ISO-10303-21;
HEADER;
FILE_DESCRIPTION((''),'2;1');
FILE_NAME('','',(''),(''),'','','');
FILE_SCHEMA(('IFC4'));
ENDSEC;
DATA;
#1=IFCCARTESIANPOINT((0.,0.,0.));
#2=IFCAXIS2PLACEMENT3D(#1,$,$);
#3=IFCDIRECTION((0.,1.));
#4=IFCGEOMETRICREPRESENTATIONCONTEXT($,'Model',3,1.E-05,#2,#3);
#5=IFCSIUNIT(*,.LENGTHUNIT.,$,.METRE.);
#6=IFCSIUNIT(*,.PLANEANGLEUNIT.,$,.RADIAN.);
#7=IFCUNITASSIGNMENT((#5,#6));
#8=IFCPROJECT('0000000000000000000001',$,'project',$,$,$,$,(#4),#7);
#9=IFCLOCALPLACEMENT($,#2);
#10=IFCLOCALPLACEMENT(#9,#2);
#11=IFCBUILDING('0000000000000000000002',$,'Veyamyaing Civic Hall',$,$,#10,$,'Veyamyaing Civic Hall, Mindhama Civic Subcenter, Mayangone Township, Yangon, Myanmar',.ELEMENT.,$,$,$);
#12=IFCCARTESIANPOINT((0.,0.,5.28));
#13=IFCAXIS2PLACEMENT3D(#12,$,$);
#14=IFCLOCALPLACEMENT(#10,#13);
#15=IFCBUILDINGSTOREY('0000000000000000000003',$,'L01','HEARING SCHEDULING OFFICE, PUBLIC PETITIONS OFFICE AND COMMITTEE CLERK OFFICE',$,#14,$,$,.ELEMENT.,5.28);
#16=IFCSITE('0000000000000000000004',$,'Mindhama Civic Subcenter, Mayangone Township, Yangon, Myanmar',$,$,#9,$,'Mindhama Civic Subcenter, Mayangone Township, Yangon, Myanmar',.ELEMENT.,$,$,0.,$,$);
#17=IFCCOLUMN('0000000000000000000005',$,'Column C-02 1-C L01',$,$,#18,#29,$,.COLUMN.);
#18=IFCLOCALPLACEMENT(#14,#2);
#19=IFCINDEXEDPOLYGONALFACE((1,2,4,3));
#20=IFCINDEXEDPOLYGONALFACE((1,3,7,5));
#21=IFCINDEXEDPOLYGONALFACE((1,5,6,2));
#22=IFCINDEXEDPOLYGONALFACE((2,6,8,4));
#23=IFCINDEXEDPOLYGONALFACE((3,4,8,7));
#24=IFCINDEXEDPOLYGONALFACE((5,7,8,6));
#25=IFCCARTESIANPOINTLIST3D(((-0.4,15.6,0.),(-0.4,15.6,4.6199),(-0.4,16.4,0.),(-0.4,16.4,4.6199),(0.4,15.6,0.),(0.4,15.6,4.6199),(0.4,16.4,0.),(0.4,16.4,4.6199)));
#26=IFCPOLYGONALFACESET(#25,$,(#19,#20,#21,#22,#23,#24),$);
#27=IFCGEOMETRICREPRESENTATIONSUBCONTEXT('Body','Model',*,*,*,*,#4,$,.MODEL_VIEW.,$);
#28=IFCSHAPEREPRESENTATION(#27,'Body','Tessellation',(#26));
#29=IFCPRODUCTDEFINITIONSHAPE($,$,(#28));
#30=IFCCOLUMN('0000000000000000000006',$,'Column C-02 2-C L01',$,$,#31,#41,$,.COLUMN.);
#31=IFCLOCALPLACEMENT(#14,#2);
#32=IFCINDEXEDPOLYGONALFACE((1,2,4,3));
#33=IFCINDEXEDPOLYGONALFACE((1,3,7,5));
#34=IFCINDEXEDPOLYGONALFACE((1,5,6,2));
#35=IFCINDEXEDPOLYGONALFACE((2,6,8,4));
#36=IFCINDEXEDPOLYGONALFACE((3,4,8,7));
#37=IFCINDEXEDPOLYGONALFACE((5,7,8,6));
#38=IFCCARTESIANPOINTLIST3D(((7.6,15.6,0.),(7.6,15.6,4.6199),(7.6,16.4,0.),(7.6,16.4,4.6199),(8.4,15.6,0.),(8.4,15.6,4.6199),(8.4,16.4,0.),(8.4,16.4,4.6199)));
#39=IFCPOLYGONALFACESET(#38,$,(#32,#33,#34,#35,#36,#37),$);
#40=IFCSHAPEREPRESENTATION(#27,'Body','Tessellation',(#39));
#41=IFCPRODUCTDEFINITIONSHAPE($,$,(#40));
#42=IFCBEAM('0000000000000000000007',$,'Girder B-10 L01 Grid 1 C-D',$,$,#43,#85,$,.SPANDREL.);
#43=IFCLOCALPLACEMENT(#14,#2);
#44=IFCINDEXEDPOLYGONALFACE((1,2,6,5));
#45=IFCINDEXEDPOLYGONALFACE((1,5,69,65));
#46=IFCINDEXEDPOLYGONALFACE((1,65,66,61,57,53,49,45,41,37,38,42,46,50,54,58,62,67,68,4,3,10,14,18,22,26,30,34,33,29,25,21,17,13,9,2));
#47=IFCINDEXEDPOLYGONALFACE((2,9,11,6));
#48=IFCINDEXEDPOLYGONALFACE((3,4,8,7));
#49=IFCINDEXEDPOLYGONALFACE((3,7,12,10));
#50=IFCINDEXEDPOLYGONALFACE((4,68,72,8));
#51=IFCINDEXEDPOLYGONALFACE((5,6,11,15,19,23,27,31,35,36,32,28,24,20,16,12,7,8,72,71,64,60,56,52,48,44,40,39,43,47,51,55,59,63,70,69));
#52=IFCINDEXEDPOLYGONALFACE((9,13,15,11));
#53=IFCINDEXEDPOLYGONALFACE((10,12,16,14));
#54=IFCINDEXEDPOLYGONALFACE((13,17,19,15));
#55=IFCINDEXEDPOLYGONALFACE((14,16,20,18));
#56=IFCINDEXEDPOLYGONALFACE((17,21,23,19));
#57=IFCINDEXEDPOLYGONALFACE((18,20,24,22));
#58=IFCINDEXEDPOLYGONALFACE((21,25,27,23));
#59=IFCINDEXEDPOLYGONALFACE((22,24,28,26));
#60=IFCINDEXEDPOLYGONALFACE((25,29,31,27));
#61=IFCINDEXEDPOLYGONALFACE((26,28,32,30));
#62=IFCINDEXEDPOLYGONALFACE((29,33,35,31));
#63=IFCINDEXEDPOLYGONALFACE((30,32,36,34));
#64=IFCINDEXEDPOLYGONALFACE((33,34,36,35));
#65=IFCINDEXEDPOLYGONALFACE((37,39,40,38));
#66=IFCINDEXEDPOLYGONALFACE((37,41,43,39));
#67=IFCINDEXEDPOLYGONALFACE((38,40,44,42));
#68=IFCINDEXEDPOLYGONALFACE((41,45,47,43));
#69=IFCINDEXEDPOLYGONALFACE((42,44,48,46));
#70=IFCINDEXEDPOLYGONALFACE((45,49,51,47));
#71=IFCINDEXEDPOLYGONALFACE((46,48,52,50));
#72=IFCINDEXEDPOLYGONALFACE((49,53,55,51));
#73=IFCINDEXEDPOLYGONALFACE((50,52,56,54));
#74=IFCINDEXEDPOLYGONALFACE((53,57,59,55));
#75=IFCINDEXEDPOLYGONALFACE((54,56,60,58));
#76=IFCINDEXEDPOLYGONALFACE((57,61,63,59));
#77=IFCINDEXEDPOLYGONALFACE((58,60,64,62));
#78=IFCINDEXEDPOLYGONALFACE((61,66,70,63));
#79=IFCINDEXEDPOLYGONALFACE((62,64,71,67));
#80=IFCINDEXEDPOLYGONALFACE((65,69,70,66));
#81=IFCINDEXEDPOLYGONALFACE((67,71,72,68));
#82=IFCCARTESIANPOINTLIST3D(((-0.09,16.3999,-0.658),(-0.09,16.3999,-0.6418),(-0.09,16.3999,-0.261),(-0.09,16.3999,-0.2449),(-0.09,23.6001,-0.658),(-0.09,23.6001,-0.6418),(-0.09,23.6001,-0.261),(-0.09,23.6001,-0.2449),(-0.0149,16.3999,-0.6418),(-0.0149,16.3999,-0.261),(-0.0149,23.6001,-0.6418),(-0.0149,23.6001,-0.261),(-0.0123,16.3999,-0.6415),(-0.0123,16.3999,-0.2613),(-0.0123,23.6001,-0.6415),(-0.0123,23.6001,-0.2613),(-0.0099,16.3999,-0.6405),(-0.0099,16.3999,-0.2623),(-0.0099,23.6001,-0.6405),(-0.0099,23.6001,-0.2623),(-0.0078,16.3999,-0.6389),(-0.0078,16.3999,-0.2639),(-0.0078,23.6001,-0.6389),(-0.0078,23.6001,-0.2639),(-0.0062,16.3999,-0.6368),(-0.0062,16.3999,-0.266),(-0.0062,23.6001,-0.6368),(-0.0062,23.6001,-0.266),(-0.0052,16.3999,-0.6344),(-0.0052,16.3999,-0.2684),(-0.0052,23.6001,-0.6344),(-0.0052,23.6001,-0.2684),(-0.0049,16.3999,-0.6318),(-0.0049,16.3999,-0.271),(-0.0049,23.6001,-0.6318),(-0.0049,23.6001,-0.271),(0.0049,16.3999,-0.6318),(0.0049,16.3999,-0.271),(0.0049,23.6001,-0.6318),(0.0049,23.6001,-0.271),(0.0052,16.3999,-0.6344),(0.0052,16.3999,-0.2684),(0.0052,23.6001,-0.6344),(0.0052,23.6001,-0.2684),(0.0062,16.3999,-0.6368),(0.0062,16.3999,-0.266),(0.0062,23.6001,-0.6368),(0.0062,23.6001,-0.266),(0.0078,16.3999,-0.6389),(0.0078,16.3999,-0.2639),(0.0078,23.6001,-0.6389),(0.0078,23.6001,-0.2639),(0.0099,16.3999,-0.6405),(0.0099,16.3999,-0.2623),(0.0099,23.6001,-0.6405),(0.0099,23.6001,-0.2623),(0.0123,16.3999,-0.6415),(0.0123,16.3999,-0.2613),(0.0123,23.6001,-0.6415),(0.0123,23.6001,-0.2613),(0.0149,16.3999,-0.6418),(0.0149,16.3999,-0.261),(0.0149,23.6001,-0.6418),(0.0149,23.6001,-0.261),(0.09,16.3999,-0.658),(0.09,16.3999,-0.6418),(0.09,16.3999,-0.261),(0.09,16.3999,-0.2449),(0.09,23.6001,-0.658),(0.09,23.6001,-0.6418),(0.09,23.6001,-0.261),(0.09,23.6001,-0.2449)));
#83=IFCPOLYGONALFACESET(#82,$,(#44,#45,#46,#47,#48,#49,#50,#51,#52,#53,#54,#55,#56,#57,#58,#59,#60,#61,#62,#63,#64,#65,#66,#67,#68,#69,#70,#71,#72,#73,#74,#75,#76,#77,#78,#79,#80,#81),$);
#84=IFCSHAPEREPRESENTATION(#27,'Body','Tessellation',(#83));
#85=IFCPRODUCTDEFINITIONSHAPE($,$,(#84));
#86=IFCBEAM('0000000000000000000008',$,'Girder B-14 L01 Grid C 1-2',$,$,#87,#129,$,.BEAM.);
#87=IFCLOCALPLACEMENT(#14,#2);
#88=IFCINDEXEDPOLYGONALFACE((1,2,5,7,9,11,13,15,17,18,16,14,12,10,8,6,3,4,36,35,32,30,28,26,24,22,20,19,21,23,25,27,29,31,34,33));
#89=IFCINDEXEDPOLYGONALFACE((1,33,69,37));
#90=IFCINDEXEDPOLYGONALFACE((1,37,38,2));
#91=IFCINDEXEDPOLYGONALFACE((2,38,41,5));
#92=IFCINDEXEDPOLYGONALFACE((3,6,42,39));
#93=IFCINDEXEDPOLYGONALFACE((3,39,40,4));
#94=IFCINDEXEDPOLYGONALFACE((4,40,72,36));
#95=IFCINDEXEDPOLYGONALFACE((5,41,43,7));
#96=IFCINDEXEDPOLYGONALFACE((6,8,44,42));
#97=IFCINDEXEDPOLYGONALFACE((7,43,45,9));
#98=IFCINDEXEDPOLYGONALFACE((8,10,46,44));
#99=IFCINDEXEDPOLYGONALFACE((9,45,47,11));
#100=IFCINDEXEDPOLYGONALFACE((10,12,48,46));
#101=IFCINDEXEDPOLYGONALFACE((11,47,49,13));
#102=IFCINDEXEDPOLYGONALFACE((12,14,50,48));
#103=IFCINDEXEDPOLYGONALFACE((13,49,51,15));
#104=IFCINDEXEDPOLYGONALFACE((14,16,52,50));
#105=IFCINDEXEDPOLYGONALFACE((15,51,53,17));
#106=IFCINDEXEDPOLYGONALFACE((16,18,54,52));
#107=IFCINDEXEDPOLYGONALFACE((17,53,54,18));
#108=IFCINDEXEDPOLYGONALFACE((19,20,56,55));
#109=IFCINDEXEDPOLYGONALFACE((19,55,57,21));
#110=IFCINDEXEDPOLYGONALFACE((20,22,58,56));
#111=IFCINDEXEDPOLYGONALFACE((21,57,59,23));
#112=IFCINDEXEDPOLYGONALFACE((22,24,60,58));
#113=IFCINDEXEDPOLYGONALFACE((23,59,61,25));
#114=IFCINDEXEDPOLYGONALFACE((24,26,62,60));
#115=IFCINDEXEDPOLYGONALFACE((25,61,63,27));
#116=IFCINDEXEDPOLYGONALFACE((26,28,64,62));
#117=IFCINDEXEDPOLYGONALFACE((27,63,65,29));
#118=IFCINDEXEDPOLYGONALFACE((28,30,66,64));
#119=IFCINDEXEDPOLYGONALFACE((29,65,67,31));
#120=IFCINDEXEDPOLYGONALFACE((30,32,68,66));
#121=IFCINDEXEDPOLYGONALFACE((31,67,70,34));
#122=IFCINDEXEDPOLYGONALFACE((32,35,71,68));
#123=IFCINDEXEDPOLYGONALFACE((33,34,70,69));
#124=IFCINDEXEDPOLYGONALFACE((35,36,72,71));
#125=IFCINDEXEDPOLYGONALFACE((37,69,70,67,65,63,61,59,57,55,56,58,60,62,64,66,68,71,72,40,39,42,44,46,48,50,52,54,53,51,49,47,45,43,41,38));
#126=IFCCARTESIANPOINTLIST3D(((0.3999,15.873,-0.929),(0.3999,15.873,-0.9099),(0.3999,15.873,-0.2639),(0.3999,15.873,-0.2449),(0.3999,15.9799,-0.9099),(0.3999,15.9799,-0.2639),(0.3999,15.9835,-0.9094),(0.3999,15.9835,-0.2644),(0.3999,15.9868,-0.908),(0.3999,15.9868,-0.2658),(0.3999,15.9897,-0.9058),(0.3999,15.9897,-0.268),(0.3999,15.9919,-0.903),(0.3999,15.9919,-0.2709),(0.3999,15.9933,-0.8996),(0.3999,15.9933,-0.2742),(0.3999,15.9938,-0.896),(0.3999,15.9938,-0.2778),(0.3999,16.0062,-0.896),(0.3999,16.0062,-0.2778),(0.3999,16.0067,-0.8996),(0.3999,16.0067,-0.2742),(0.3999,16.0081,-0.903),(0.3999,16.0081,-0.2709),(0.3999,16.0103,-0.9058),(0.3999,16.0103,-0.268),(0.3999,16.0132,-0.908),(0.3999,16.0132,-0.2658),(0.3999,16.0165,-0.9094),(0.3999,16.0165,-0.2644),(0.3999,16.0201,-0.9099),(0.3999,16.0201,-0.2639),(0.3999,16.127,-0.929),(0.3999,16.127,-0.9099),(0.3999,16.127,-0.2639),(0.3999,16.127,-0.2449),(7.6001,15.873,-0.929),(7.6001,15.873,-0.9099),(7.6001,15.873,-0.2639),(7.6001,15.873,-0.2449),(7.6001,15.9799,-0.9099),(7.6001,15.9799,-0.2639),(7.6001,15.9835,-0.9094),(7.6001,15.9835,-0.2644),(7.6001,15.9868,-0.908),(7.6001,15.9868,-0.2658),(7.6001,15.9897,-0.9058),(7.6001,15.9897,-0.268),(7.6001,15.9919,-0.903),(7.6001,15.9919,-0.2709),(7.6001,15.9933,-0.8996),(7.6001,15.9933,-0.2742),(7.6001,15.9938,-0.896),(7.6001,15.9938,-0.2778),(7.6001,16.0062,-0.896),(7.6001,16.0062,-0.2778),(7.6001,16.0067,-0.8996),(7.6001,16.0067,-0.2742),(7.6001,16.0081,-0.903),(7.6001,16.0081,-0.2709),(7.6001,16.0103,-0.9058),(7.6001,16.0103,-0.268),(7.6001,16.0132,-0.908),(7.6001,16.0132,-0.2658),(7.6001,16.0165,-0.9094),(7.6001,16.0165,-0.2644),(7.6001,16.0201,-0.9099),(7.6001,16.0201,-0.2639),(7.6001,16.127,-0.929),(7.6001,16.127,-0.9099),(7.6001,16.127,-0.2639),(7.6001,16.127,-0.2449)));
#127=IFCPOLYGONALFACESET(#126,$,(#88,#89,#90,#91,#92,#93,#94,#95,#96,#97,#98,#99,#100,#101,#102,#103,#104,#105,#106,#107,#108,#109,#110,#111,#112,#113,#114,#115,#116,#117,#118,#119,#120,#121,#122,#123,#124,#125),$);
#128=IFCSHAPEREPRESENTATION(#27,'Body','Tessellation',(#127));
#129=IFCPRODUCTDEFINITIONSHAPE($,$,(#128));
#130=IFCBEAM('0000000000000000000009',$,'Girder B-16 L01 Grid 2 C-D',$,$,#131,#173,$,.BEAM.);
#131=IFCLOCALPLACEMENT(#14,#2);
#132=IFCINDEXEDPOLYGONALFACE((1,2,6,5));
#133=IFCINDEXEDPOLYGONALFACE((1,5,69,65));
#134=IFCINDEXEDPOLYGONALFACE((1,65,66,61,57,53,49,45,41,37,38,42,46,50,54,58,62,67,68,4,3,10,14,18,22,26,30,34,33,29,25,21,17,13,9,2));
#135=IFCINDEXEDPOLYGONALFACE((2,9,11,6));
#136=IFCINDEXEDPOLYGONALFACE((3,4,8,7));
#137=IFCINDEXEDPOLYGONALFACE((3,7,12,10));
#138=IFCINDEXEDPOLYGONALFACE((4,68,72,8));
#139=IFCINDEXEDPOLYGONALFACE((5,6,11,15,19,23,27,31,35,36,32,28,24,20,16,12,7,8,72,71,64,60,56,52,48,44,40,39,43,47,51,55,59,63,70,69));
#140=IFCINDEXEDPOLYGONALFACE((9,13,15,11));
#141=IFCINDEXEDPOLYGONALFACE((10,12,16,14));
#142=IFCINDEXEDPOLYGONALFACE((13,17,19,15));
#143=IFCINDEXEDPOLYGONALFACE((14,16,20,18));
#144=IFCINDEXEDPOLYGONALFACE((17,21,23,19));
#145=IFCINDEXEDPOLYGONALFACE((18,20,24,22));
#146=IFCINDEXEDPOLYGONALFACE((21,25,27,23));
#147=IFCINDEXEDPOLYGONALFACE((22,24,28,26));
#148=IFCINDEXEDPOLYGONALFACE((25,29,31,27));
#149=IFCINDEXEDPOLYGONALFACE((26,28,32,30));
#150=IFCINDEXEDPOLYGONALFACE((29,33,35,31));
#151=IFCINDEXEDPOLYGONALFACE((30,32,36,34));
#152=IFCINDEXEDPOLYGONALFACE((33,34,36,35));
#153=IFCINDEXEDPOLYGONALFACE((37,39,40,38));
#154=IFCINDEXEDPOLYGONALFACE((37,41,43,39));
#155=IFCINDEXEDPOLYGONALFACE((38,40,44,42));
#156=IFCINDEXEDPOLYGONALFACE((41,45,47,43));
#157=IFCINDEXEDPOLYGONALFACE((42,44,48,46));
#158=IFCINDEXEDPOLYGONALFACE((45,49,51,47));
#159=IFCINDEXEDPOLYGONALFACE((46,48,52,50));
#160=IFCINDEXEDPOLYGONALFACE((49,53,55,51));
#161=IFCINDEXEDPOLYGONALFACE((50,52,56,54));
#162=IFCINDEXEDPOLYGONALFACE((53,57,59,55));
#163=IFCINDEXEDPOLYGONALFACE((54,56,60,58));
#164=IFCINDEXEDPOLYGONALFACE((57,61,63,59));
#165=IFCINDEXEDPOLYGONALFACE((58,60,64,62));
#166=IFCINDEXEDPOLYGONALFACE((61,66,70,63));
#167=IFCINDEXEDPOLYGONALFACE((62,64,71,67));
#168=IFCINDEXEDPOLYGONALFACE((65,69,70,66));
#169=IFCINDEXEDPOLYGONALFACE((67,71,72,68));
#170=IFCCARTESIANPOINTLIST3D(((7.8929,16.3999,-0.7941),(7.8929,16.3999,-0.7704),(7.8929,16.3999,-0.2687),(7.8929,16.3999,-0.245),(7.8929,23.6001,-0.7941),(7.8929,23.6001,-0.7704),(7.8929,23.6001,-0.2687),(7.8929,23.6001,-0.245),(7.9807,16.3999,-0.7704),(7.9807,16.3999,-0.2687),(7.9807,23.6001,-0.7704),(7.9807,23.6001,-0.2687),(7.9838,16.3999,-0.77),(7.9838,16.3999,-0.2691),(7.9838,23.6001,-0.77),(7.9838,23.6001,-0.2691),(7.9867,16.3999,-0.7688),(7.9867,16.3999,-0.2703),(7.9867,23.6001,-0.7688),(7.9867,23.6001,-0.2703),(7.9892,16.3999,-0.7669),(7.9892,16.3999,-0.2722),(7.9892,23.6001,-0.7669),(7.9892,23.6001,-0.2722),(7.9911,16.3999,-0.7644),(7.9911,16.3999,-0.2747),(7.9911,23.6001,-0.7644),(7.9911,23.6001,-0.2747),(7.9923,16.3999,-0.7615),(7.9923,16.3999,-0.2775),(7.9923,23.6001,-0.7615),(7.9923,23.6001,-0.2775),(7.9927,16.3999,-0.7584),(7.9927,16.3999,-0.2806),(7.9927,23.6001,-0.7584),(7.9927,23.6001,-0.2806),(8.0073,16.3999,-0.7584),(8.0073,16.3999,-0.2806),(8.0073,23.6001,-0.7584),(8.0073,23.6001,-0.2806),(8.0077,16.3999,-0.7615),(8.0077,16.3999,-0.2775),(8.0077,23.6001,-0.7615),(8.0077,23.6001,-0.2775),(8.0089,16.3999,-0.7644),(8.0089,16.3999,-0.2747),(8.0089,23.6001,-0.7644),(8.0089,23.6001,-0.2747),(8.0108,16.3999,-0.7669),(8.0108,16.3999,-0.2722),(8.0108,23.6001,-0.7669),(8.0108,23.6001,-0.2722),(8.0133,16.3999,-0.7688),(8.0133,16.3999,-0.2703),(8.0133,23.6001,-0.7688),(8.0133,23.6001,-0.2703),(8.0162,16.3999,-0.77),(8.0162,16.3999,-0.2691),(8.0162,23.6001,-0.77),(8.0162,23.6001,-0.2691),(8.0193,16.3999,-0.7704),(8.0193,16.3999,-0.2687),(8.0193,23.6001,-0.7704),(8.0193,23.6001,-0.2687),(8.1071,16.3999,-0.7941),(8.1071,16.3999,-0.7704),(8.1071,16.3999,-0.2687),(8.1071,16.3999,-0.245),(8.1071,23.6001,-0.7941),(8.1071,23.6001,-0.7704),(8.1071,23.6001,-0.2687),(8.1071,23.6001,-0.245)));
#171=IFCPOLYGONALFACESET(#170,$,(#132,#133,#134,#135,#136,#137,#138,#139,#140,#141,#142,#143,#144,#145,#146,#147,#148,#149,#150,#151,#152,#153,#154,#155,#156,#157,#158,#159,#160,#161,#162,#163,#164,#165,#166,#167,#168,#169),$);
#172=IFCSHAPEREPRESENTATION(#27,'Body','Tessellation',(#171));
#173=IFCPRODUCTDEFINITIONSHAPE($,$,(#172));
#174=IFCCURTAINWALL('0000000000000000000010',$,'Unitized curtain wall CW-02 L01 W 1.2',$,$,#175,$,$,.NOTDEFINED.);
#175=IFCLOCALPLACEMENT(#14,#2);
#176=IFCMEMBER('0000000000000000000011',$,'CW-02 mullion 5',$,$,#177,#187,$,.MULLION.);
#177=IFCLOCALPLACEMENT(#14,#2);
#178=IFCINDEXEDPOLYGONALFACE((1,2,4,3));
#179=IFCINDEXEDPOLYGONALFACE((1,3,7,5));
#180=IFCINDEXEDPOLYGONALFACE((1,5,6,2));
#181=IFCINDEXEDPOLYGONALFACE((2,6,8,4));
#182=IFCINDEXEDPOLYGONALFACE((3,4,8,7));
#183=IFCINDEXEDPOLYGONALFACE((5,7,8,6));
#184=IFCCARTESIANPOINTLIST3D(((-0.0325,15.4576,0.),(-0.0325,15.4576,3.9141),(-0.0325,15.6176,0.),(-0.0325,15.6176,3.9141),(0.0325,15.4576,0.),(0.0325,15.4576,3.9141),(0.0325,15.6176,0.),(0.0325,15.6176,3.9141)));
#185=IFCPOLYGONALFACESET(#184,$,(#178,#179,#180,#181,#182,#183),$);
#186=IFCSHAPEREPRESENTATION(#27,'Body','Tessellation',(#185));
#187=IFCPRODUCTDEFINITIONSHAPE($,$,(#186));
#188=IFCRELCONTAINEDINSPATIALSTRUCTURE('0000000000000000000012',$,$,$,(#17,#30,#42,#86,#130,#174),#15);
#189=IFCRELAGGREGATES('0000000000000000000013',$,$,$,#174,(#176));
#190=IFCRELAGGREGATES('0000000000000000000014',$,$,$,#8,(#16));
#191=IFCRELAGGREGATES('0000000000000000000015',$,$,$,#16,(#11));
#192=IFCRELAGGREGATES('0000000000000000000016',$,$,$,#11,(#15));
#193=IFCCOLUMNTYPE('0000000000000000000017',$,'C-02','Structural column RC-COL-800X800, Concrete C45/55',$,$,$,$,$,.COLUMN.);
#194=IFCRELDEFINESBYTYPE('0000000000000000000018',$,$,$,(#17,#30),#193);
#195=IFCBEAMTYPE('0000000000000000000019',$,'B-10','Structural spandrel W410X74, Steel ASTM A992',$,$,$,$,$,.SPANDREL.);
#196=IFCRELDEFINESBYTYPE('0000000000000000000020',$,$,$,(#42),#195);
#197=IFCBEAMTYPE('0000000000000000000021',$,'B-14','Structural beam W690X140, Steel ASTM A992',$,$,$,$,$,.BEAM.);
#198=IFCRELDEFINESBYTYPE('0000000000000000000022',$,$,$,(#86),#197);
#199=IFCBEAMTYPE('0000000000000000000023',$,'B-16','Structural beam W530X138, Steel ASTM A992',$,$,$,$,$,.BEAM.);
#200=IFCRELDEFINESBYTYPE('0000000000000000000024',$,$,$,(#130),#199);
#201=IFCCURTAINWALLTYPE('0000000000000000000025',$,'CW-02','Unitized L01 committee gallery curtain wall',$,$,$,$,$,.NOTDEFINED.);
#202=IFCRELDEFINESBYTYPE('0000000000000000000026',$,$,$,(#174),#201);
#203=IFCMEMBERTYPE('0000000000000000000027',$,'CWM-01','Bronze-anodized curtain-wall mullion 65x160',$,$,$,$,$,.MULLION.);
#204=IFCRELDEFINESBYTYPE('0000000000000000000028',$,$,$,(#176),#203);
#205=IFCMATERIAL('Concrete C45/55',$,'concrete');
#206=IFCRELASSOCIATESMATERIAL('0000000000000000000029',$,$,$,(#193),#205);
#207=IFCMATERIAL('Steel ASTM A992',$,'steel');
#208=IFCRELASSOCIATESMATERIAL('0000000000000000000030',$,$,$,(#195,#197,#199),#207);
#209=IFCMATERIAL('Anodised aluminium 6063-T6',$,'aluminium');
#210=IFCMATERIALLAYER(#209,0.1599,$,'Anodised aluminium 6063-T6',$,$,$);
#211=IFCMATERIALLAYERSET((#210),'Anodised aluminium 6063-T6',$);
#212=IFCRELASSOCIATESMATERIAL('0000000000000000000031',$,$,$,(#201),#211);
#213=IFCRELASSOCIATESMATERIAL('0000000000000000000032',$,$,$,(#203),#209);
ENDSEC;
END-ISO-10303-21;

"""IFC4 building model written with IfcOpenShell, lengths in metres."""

from ifc_helpers import new_model, si_unit, direction, frame, origin, origin_2d, place, context, subcontext, project, spatial, rectangle, i_section, extrude, material, layer, layer_set, material_profile, profile_set, type_object, element, aggregate, save


model = new_model("IFC4")

# Units and contexts
model_context = context("Model", 3, precision=1e-05, world=origin(), true_north=direction((0.0, 1.0)))
body_context = subcontext(model_context, "Body", "Model", "MODEL_VIEW")
ifc_project = project(units=[si_unit("LENGTHUNIT", "METRE"), si_unit("PLANEANGLEUNIT", "RADIAN")], contexts=[model_context])

# Site, building, storey
site_placement = place(None, origin())
site = spatial("IfcSite", under=ifc_project, at=site_placement, Name="Mindhama Civic Subcenter, Mayangone Township, Yangon, Myanmar", LongName="Mindhama Civic Subcenter, Mayangone Township, Yangon, Myanmar", CompositionType="ELEMENT", RefElevation=0.0)
building_placement = place(site_placement, origin())
building = spatial("IfcBuilding", under=site, at=building_placement, Name="Veyamyaing Civic Hall", LongName="Veyamyaing Civic Hall, Mindhama Civic Subcenter, Mayangone Township, Yangon, Myanmar", CompositionType="ELEMENT")
storey_placement = place(building_placement, frame((0.0, 0.0, 5.28)))
storey = spatial("IfcBuildingStorey", under=building, at=storey_placement, Name="L01", Description="HEARING SCHEDULING OFFICE, PUBLIC PETITIONS OFFICE AND COMMITTEE CLERK OFFICE", CompositionType="ELEMENT", Elevation=5.28)

# Columns
ifc_material_1 = material(Name="Concrete C45/55", Category="concrete")
ifc_material_profile_1 = material_profile(ifc_material_1, rectangle(XDim=0.8, YDim=0.8, at=origin_2d()), Name="RC-COL-800X800")
ifc_profile_set_1 = profile_set([ifc_material_profile_1], Name="Concrete C45/55")
column_type = type_object("IfcColumnType", Name="C-02", Description="Structural column RC-COL-800X800, Concrete C45/55", PredefinedType="COLUMN", material=ifc_profile_set_1)
for number, where, z_axis, x_axis, name in (
    (1, (0.0, 16.0, 0.0), (0.0, 0.0, 1.0), (1.0, 0.0, 0.0), "Column C-02 1-C L01"),
    (2, (8.0, 16.0, 0.0), (0.0, 0.0, 1.0), (1.0, 0.0, 0.0), "Column C-02 2-C L01"),
):
    element("IfcColumn", number, at=place(storey_placement, frame(where, z_axis=z_axis, x_axis=x_axis)), inside=storey, type_object=column_type, Name=name, PredefinedType="COLUMN", context=body_context, shape_type="SweptSolid", body=[
        extrude(rectangle(XDim=0.8, YDim=0.8, at=origin_2d()), origin(), (0.0, 0.0, 1.0), 4.6199),
    ])

# Beams
ifc_material_2 = material(Name="Steel ASTM A992", Category="steel")
ifc_material_profile_2 = material_profile(ifc_material_2, i_section(OverallWidth=0.1799, OverallDepth=0.4131, WebThickness=0.0098, FlangeThickness=0.0161, FilletRadius=0.01, at=origin_2d()), Name="W410X74")
ifc_profile_set_2 = profile_set([ifc_material_profile_2], Name="Steel ASTM A992")
beam_type_1 = type_object("IfcBeamType", Name="B-10", Description="Structural spandrel W410X74, Steel ASTM A992", PredefinedType="SPANDREL", material=ifc_profile_set_2)
beam_1_placement = place(storey_placement, frame((0.0, 16.3999, -0.4514), z_axis=(0.0, 1.0, 0.0), x_axis=(-1.0, 0.0, 0.0)))
element("IfcBeam", 3, at=beam_1_placement, inside=storey, type_object=beam_type_1, Name="Girder B-10 L01 Grid 1 C-D", PredefinedType="SPANDREL", context=body_context, shape_type="SweptSolid", body=[
    extrude(i_section(OverallWidth=0.1799, OverallDepth=0.4131, WebThickness=0.0098, FlangeThickness=0.0161, FilletRadius=0.01, at=origin_2d()), origin(), (0.0, 0.0, 1.0), 7.2002),
])
ifc_material_profile_3 = material_profile(ifc_material_2, i_section(OverallWidth=0.2539, OverallDepth=0.6841, WebThickness=0.0125, FlangeThickness=0.019, FilletRadius=0.0139, at=origin_2d()), Name="W690X140")
ifc_profile_set_3 = profile_set([ifc_material_profile_3], Name="Steel ASTM A992")
beam_type_2 = type_object("IfcBeamType", Name="B-14", Description="Structural beam W690X140, Steel ASTM A992", PredefinedType="BEAM", material=ifc_profile_set_3)
beam_2_placement = place(storey_placement, frame((0.3999, 16.0, -0.5869), z_axis=(1.0, 0.0, 0.0), x_axis=(0.0, 1.0, 0.0)))
element("IfcBeam", 4, at=beam_2_placement, inside=storey, type_object=beam_type_2, Name="Girder B-14 L01 Grid C 1-2", PredefinedType="BEAM", context=body_context, shape_type="SweptSolid", body=[
    extrude(i_section(OverallWidth=0.2539, OverallDepth=0.6841, WebThickness=0.0125, FlangeThickness=0.019, FilletRadius=0.0139, at=origin_2d()), origin(), (0.0, 0.0, 1.0), 7.2002),
])
ifc_material_profile_4 = material_profile(ifc_material_2, i_section(OverallWidth=0.2141, OverallDepth=0.5491, WebThickness=0.0146, FlangeThickness=0.0237, FilletRadius=0.012, at=origin_2d()), Name="W530X138")
ifc_profile_set_4 = profile_set([ifc_material_profile_4], Name="Steel ASTM A992")
beam_type_3 = type_object("IfcBeamType", Name="B-16", Description="Structural beam W530X138, Steel ASTM A992", PredefinedType="BEAM", material=ifc_profile_set_4)
beam_3_placement = place(storey_placement, frame((8.0, 16.3999, -0.5195), z_axis=(0.0, 1.0, 0.0), x_axis=(-1.0, 0.0, 0.0)))
element("IfcBeam", 5, at=beam_3_placement, inside=storey, type_object=beam_type_3, Name="Girder B-16 L01 Grid 2 C-D", PredefinedType="BEAM", context=body_context, shape_type="SweptSolid", body=[
    extrude(i_section(OverallWidth=0.2141, OverallDepth=0.5491, WebThickness=0.0146, FlangeThickness=0.0237, FilletRadius=0.012, at=origin_2d()), origin(), (0.0, 0.0, 1.0), 7.2002),
])

# Curtain wall, member
ifc_material_3 = material(Name="Anodised aluminium 6063-T6", Category="aluminium")
ifc_layer_1 = layer(ifc_material_3, 0.1599, Name="Anodised aluminium 6063-T6")
ifc_layer_set_1 = layer_set([ifc_layer_1], Name="Anodised aluminium 6063-T6")
curtain_wall_type = type_object("IfcCurtainWallType", Name="CW-02", Description="Unitized L01 committee gallery curtain wall", PredefinedType="NOTDEFINED", material=ifc_layer_set_1)
curtain_wall_placement = place(storey_placement, origin())
curtain_wall = element("IfcCurtainWall", 6, at=curtain_wall_placement, inside=storey, type_object=curtain_wall_type, Name="Unitized curtain wall CW-02 L01 W 1.2", PredefinedType="NOTDEFINED")
ifc_material_profile_5 = material_profile(ifc_material_3, rectangle(XDim=0.0649, YDim=0.1599, at=origin_2d()), Name="ALU-MUL-65X160")
ifc_profile_set_5 = profile_set([ifc_material_profile_5], Name="Anodised aluminium 6063-T6")
member_type_1 = type_object("IfcMemberType", Name="CWM-01", Description="Bronze-anodized curtain-wall mullion 65x160", PredefinedType="MULLION", material=ifc_profile_set_5)
member_1_placement = place(storey_placement, frame((0.0, 15.5376, 0.0), z_axis=(0.0, 0.0, 1.0), x_axis=(-1.0, 0.0, 0.0)))
member_1 = element("IfcMember", 7, at=member_1_placement, type_object=member_type_1, Name="CW-02 mullion 5", PredefinedType="MULLION", context=body_context, shape_type="SweptSolid", body=[
    extrude(rectangle(XDim=0.0649, YDim=0.1599, at=origin_2d()), origin(), (0.0, 0.0, 1.0), 3.9141),
])
aggregate(curtain_wall, [member_1])

save(model, "model.ifc")
